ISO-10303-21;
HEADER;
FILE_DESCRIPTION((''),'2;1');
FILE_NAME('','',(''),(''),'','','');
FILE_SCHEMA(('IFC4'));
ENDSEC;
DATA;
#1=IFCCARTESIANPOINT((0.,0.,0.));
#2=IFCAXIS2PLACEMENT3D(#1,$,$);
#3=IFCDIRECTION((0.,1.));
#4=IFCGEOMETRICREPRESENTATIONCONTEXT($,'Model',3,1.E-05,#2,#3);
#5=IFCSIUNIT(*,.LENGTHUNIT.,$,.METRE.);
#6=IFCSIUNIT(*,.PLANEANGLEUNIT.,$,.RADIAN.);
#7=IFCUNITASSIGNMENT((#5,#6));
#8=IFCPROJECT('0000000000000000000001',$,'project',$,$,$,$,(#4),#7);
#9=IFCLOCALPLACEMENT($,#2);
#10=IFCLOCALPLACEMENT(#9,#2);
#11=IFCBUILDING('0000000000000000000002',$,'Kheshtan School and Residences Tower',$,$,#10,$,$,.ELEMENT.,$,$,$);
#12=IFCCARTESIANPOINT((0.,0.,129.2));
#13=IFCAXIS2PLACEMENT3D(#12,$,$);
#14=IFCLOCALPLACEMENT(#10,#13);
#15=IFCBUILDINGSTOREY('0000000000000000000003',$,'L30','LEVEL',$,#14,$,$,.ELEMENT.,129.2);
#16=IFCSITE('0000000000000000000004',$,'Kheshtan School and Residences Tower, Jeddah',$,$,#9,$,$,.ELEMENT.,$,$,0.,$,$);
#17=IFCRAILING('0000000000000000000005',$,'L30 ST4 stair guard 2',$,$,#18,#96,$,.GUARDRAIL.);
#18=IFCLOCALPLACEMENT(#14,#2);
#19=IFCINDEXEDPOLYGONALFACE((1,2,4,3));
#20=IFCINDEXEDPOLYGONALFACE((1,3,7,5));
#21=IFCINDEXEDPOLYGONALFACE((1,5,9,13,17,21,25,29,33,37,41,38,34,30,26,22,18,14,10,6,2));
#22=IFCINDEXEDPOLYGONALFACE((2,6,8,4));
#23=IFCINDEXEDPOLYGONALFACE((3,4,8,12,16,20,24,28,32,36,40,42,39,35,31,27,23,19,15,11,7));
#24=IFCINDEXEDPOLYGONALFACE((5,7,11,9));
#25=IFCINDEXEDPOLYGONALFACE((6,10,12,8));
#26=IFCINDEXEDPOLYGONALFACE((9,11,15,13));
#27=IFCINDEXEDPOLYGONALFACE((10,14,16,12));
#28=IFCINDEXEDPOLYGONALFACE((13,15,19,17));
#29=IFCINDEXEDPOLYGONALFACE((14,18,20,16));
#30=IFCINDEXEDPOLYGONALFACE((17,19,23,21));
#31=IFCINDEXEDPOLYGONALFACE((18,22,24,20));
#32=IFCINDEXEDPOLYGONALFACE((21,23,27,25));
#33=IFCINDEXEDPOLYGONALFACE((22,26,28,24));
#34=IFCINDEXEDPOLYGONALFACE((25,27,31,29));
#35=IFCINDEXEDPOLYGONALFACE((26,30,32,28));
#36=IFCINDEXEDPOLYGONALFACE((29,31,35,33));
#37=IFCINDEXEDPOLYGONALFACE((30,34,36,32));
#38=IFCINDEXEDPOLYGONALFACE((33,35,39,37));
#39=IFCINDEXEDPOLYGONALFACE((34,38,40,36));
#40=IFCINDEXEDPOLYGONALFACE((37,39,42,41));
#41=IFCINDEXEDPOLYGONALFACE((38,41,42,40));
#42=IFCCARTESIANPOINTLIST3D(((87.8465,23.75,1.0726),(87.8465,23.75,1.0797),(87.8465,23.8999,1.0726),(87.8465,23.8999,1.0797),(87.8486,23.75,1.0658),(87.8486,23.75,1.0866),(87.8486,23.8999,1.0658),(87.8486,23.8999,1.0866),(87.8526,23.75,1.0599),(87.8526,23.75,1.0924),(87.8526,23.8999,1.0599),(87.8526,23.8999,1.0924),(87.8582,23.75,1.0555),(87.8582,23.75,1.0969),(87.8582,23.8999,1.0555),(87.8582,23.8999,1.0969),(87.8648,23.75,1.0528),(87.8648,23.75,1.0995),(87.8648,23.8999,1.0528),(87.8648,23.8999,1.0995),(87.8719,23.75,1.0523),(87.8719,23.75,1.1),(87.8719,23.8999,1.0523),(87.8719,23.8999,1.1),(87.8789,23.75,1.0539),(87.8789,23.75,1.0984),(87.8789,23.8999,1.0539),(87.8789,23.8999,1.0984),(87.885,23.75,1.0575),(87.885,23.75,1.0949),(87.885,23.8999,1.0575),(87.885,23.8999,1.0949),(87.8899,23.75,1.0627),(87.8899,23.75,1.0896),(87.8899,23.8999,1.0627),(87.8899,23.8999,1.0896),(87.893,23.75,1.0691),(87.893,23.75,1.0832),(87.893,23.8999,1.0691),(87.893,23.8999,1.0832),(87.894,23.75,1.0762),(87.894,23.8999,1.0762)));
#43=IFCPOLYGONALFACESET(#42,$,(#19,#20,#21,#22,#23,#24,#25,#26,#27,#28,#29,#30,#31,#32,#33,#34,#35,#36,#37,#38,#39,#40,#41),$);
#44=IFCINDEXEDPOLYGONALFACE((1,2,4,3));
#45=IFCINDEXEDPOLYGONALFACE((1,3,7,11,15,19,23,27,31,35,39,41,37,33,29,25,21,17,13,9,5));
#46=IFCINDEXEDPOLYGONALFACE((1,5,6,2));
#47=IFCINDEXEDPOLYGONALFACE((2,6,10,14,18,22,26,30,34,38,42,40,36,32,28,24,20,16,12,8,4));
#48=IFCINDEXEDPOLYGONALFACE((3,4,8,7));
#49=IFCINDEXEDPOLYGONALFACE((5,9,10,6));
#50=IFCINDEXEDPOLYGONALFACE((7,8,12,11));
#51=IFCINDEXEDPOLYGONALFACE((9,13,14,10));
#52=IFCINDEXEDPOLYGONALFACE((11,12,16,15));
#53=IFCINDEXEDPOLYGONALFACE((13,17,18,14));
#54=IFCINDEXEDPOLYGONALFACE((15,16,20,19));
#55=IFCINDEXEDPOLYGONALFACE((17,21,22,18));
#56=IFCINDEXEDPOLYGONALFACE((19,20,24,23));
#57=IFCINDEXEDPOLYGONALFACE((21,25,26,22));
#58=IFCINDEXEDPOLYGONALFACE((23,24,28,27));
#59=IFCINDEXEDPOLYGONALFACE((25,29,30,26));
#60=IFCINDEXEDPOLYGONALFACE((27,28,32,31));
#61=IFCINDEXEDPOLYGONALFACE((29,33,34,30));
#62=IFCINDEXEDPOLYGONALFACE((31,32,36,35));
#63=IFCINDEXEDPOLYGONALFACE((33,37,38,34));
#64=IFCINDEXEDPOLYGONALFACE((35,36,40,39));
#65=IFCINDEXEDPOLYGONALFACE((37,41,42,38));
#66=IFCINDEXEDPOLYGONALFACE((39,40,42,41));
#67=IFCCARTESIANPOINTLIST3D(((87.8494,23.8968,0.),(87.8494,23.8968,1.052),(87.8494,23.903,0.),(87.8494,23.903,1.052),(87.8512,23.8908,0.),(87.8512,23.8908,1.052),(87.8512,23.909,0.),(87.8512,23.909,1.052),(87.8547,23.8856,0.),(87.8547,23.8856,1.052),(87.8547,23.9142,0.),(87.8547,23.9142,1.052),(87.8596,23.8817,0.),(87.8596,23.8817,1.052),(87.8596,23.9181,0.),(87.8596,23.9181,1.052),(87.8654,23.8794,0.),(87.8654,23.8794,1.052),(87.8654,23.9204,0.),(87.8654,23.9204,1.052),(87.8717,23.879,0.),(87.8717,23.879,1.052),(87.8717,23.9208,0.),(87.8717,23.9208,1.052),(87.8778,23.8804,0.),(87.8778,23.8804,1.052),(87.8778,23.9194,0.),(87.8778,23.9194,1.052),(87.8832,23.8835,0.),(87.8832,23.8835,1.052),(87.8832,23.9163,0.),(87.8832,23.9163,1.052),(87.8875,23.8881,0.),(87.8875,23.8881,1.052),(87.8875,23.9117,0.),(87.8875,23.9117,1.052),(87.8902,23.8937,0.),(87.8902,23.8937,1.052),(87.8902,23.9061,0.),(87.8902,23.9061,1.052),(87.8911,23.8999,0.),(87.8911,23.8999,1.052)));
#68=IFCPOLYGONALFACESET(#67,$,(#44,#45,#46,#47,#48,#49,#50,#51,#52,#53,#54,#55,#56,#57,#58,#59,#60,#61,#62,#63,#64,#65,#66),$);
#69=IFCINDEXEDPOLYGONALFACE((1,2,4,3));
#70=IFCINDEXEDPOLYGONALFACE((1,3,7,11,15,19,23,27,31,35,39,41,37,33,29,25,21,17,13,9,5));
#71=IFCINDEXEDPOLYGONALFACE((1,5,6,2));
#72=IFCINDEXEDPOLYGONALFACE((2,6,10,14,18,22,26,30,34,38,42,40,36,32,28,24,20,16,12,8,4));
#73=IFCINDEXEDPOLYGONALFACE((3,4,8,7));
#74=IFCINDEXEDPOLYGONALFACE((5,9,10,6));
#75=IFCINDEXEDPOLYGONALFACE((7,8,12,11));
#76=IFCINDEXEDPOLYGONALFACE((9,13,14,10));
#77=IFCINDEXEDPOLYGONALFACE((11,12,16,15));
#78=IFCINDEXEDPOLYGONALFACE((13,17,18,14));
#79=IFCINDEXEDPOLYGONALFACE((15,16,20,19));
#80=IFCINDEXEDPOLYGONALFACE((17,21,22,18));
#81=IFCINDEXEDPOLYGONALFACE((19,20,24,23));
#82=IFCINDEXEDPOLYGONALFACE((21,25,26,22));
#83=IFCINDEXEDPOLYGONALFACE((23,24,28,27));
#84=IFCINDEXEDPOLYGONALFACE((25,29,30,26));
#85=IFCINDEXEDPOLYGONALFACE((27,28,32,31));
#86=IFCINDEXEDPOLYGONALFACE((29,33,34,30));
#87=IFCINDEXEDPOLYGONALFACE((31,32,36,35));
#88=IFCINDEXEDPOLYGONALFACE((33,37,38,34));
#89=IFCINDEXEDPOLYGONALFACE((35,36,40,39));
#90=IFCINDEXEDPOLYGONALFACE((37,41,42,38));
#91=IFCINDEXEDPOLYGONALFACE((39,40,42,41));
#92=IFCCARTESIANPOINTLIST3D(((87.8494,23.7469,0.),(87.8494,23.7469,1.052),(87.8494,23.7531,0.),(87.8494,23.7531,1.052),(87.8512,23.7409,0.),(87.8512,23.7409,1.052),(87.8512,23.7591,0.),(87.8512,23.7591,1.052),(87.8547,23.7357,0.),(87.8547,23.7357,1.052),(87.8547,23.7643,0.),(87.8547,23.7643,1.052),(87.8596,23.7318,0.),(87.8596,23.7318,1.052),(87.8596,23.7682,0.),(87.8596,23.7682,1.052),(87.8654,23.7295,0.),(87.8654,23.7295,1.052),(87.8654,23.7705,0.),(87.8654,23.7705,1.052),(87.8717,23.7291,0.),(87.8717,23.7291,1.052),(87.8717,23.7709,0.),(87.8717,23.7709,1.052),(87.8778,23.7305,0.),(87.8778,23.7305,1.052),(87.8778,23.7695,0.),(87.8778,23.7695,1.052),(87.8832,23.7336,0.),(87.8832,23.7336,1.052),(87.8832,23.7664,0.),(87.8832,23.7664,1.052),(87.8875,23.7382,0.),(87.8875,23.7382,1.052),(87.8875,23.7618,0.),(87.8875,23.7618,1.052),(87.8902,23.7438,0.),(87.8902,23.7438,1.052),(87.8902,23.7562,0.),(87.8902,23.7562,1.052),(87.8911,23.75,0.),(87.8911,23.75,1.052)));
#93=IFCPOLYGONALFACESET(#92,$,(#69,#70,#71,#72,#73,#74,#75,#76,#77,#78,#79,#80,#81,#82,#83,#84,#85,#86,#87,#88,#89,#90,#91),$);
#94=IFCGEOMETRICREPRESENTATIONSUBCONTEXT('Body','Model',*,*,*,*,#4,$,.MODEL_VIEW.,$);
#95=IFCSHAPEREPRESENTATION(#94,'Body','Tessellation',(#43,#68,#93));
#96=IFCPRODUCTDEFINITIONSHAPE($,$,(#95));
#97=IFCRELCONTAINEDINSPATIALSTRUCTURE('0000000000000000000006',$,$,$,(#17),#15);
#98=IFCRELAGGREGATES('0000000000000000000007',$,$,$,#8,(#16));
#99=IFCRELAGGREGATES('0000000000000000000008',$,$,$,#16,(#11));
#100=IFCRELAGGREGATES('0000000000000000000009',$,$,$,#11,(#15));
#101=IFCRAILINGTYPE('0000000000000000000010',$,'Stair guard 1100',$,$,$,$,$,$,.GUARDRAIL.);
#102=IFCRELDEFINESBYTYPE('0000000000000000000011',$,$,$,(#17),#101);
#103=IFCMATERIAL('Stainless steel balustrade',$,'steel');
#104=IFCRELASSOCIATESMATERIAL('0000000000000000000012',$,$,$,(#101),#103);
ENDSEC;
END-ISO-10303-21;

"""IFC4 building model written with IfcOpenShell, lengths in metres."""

from ifc_helpers import new_model, si_unit, direction, frame, origin, origin_2d, place, context, subcontext, project, spatial, circle, extrude, material, type_object, element, save


model = new_model("IFC4")

# Units and contexts
model_context = context("Model", 3, precision=1e-05, world=origin(), true_north=direction((0.0, 1.0)))
body_context = subcontext(model_context, "Body", "Model", "MODEL_VIEW")
ifc_project = project(units=[si_unit("LENGTHUNIT", "METRE"), si_unit("PLANEANGLEUNIT", "RADIAN")], contexts=[model_context])

# Site, building, storey
site_placement = place(None, origin())
site = spatial("IfcSite", under=ifc_project, at=site_placement, Name="Kheshtan School and Residences Tower, Jeddah", CompositionType="ELEMENT", RefElevation=0.0)
building_placement = place(site_placement, origin())
building = spatial("IfcBuilding", under=site, at=building_placement, Name="Kheshtan School and Residences Tower", CompositionType="ELEMENT")
storey_placement = place(building_placement, frame((0.0, 0.0, 129.2)))
storey = spatial("IfcBuildingStorey", under=building, at=storey_placement, Name="L30", Description="LEVEL", CompositionType="ELEMENT", Elevation=129.2)

# Railing
ifc_material_1 = material(Name="Stainless steel balustrade", Category="steel")
railing_type_1 = type_object("IfcRailingType", Name="Stair guard 1100", PredefinedType="GUARDRAIL", material=ifc_material_1)
railing_1_placement = place(storey_placement, frame((87.8701, 23.8999, 0.0)))
element("IfcRailing", 1, at=railing_1_placement, inside=storey, type_object=railing_type_1, Name="L30 ST4 stair guard 2", PredefinedType="GUARDRAIL", context=body_context, shape_type="SweptSolid", body=[
    extrude(circle(Radius=0.0239, at=origin_2d()), frame((0.0, 0.0, 1.0762), z_axis=(0.0, -1.0, 0.0), x_axis=(1.0, 0.0, 0.0)), (0.0, 0.0, 1.0), 0.1499),
    extrude(circle(Radius=0.021, at=origin_2d()), origin(), (0.0, 0.0, 1.0), 1.052),
    extrude(circle(Radius=0.021, at=origin_2d()), frame((0.0, -0.1499, 0.0)), (0.0, 0.0, 1.0), 1.052),
])

save(model, "model.ifc")
